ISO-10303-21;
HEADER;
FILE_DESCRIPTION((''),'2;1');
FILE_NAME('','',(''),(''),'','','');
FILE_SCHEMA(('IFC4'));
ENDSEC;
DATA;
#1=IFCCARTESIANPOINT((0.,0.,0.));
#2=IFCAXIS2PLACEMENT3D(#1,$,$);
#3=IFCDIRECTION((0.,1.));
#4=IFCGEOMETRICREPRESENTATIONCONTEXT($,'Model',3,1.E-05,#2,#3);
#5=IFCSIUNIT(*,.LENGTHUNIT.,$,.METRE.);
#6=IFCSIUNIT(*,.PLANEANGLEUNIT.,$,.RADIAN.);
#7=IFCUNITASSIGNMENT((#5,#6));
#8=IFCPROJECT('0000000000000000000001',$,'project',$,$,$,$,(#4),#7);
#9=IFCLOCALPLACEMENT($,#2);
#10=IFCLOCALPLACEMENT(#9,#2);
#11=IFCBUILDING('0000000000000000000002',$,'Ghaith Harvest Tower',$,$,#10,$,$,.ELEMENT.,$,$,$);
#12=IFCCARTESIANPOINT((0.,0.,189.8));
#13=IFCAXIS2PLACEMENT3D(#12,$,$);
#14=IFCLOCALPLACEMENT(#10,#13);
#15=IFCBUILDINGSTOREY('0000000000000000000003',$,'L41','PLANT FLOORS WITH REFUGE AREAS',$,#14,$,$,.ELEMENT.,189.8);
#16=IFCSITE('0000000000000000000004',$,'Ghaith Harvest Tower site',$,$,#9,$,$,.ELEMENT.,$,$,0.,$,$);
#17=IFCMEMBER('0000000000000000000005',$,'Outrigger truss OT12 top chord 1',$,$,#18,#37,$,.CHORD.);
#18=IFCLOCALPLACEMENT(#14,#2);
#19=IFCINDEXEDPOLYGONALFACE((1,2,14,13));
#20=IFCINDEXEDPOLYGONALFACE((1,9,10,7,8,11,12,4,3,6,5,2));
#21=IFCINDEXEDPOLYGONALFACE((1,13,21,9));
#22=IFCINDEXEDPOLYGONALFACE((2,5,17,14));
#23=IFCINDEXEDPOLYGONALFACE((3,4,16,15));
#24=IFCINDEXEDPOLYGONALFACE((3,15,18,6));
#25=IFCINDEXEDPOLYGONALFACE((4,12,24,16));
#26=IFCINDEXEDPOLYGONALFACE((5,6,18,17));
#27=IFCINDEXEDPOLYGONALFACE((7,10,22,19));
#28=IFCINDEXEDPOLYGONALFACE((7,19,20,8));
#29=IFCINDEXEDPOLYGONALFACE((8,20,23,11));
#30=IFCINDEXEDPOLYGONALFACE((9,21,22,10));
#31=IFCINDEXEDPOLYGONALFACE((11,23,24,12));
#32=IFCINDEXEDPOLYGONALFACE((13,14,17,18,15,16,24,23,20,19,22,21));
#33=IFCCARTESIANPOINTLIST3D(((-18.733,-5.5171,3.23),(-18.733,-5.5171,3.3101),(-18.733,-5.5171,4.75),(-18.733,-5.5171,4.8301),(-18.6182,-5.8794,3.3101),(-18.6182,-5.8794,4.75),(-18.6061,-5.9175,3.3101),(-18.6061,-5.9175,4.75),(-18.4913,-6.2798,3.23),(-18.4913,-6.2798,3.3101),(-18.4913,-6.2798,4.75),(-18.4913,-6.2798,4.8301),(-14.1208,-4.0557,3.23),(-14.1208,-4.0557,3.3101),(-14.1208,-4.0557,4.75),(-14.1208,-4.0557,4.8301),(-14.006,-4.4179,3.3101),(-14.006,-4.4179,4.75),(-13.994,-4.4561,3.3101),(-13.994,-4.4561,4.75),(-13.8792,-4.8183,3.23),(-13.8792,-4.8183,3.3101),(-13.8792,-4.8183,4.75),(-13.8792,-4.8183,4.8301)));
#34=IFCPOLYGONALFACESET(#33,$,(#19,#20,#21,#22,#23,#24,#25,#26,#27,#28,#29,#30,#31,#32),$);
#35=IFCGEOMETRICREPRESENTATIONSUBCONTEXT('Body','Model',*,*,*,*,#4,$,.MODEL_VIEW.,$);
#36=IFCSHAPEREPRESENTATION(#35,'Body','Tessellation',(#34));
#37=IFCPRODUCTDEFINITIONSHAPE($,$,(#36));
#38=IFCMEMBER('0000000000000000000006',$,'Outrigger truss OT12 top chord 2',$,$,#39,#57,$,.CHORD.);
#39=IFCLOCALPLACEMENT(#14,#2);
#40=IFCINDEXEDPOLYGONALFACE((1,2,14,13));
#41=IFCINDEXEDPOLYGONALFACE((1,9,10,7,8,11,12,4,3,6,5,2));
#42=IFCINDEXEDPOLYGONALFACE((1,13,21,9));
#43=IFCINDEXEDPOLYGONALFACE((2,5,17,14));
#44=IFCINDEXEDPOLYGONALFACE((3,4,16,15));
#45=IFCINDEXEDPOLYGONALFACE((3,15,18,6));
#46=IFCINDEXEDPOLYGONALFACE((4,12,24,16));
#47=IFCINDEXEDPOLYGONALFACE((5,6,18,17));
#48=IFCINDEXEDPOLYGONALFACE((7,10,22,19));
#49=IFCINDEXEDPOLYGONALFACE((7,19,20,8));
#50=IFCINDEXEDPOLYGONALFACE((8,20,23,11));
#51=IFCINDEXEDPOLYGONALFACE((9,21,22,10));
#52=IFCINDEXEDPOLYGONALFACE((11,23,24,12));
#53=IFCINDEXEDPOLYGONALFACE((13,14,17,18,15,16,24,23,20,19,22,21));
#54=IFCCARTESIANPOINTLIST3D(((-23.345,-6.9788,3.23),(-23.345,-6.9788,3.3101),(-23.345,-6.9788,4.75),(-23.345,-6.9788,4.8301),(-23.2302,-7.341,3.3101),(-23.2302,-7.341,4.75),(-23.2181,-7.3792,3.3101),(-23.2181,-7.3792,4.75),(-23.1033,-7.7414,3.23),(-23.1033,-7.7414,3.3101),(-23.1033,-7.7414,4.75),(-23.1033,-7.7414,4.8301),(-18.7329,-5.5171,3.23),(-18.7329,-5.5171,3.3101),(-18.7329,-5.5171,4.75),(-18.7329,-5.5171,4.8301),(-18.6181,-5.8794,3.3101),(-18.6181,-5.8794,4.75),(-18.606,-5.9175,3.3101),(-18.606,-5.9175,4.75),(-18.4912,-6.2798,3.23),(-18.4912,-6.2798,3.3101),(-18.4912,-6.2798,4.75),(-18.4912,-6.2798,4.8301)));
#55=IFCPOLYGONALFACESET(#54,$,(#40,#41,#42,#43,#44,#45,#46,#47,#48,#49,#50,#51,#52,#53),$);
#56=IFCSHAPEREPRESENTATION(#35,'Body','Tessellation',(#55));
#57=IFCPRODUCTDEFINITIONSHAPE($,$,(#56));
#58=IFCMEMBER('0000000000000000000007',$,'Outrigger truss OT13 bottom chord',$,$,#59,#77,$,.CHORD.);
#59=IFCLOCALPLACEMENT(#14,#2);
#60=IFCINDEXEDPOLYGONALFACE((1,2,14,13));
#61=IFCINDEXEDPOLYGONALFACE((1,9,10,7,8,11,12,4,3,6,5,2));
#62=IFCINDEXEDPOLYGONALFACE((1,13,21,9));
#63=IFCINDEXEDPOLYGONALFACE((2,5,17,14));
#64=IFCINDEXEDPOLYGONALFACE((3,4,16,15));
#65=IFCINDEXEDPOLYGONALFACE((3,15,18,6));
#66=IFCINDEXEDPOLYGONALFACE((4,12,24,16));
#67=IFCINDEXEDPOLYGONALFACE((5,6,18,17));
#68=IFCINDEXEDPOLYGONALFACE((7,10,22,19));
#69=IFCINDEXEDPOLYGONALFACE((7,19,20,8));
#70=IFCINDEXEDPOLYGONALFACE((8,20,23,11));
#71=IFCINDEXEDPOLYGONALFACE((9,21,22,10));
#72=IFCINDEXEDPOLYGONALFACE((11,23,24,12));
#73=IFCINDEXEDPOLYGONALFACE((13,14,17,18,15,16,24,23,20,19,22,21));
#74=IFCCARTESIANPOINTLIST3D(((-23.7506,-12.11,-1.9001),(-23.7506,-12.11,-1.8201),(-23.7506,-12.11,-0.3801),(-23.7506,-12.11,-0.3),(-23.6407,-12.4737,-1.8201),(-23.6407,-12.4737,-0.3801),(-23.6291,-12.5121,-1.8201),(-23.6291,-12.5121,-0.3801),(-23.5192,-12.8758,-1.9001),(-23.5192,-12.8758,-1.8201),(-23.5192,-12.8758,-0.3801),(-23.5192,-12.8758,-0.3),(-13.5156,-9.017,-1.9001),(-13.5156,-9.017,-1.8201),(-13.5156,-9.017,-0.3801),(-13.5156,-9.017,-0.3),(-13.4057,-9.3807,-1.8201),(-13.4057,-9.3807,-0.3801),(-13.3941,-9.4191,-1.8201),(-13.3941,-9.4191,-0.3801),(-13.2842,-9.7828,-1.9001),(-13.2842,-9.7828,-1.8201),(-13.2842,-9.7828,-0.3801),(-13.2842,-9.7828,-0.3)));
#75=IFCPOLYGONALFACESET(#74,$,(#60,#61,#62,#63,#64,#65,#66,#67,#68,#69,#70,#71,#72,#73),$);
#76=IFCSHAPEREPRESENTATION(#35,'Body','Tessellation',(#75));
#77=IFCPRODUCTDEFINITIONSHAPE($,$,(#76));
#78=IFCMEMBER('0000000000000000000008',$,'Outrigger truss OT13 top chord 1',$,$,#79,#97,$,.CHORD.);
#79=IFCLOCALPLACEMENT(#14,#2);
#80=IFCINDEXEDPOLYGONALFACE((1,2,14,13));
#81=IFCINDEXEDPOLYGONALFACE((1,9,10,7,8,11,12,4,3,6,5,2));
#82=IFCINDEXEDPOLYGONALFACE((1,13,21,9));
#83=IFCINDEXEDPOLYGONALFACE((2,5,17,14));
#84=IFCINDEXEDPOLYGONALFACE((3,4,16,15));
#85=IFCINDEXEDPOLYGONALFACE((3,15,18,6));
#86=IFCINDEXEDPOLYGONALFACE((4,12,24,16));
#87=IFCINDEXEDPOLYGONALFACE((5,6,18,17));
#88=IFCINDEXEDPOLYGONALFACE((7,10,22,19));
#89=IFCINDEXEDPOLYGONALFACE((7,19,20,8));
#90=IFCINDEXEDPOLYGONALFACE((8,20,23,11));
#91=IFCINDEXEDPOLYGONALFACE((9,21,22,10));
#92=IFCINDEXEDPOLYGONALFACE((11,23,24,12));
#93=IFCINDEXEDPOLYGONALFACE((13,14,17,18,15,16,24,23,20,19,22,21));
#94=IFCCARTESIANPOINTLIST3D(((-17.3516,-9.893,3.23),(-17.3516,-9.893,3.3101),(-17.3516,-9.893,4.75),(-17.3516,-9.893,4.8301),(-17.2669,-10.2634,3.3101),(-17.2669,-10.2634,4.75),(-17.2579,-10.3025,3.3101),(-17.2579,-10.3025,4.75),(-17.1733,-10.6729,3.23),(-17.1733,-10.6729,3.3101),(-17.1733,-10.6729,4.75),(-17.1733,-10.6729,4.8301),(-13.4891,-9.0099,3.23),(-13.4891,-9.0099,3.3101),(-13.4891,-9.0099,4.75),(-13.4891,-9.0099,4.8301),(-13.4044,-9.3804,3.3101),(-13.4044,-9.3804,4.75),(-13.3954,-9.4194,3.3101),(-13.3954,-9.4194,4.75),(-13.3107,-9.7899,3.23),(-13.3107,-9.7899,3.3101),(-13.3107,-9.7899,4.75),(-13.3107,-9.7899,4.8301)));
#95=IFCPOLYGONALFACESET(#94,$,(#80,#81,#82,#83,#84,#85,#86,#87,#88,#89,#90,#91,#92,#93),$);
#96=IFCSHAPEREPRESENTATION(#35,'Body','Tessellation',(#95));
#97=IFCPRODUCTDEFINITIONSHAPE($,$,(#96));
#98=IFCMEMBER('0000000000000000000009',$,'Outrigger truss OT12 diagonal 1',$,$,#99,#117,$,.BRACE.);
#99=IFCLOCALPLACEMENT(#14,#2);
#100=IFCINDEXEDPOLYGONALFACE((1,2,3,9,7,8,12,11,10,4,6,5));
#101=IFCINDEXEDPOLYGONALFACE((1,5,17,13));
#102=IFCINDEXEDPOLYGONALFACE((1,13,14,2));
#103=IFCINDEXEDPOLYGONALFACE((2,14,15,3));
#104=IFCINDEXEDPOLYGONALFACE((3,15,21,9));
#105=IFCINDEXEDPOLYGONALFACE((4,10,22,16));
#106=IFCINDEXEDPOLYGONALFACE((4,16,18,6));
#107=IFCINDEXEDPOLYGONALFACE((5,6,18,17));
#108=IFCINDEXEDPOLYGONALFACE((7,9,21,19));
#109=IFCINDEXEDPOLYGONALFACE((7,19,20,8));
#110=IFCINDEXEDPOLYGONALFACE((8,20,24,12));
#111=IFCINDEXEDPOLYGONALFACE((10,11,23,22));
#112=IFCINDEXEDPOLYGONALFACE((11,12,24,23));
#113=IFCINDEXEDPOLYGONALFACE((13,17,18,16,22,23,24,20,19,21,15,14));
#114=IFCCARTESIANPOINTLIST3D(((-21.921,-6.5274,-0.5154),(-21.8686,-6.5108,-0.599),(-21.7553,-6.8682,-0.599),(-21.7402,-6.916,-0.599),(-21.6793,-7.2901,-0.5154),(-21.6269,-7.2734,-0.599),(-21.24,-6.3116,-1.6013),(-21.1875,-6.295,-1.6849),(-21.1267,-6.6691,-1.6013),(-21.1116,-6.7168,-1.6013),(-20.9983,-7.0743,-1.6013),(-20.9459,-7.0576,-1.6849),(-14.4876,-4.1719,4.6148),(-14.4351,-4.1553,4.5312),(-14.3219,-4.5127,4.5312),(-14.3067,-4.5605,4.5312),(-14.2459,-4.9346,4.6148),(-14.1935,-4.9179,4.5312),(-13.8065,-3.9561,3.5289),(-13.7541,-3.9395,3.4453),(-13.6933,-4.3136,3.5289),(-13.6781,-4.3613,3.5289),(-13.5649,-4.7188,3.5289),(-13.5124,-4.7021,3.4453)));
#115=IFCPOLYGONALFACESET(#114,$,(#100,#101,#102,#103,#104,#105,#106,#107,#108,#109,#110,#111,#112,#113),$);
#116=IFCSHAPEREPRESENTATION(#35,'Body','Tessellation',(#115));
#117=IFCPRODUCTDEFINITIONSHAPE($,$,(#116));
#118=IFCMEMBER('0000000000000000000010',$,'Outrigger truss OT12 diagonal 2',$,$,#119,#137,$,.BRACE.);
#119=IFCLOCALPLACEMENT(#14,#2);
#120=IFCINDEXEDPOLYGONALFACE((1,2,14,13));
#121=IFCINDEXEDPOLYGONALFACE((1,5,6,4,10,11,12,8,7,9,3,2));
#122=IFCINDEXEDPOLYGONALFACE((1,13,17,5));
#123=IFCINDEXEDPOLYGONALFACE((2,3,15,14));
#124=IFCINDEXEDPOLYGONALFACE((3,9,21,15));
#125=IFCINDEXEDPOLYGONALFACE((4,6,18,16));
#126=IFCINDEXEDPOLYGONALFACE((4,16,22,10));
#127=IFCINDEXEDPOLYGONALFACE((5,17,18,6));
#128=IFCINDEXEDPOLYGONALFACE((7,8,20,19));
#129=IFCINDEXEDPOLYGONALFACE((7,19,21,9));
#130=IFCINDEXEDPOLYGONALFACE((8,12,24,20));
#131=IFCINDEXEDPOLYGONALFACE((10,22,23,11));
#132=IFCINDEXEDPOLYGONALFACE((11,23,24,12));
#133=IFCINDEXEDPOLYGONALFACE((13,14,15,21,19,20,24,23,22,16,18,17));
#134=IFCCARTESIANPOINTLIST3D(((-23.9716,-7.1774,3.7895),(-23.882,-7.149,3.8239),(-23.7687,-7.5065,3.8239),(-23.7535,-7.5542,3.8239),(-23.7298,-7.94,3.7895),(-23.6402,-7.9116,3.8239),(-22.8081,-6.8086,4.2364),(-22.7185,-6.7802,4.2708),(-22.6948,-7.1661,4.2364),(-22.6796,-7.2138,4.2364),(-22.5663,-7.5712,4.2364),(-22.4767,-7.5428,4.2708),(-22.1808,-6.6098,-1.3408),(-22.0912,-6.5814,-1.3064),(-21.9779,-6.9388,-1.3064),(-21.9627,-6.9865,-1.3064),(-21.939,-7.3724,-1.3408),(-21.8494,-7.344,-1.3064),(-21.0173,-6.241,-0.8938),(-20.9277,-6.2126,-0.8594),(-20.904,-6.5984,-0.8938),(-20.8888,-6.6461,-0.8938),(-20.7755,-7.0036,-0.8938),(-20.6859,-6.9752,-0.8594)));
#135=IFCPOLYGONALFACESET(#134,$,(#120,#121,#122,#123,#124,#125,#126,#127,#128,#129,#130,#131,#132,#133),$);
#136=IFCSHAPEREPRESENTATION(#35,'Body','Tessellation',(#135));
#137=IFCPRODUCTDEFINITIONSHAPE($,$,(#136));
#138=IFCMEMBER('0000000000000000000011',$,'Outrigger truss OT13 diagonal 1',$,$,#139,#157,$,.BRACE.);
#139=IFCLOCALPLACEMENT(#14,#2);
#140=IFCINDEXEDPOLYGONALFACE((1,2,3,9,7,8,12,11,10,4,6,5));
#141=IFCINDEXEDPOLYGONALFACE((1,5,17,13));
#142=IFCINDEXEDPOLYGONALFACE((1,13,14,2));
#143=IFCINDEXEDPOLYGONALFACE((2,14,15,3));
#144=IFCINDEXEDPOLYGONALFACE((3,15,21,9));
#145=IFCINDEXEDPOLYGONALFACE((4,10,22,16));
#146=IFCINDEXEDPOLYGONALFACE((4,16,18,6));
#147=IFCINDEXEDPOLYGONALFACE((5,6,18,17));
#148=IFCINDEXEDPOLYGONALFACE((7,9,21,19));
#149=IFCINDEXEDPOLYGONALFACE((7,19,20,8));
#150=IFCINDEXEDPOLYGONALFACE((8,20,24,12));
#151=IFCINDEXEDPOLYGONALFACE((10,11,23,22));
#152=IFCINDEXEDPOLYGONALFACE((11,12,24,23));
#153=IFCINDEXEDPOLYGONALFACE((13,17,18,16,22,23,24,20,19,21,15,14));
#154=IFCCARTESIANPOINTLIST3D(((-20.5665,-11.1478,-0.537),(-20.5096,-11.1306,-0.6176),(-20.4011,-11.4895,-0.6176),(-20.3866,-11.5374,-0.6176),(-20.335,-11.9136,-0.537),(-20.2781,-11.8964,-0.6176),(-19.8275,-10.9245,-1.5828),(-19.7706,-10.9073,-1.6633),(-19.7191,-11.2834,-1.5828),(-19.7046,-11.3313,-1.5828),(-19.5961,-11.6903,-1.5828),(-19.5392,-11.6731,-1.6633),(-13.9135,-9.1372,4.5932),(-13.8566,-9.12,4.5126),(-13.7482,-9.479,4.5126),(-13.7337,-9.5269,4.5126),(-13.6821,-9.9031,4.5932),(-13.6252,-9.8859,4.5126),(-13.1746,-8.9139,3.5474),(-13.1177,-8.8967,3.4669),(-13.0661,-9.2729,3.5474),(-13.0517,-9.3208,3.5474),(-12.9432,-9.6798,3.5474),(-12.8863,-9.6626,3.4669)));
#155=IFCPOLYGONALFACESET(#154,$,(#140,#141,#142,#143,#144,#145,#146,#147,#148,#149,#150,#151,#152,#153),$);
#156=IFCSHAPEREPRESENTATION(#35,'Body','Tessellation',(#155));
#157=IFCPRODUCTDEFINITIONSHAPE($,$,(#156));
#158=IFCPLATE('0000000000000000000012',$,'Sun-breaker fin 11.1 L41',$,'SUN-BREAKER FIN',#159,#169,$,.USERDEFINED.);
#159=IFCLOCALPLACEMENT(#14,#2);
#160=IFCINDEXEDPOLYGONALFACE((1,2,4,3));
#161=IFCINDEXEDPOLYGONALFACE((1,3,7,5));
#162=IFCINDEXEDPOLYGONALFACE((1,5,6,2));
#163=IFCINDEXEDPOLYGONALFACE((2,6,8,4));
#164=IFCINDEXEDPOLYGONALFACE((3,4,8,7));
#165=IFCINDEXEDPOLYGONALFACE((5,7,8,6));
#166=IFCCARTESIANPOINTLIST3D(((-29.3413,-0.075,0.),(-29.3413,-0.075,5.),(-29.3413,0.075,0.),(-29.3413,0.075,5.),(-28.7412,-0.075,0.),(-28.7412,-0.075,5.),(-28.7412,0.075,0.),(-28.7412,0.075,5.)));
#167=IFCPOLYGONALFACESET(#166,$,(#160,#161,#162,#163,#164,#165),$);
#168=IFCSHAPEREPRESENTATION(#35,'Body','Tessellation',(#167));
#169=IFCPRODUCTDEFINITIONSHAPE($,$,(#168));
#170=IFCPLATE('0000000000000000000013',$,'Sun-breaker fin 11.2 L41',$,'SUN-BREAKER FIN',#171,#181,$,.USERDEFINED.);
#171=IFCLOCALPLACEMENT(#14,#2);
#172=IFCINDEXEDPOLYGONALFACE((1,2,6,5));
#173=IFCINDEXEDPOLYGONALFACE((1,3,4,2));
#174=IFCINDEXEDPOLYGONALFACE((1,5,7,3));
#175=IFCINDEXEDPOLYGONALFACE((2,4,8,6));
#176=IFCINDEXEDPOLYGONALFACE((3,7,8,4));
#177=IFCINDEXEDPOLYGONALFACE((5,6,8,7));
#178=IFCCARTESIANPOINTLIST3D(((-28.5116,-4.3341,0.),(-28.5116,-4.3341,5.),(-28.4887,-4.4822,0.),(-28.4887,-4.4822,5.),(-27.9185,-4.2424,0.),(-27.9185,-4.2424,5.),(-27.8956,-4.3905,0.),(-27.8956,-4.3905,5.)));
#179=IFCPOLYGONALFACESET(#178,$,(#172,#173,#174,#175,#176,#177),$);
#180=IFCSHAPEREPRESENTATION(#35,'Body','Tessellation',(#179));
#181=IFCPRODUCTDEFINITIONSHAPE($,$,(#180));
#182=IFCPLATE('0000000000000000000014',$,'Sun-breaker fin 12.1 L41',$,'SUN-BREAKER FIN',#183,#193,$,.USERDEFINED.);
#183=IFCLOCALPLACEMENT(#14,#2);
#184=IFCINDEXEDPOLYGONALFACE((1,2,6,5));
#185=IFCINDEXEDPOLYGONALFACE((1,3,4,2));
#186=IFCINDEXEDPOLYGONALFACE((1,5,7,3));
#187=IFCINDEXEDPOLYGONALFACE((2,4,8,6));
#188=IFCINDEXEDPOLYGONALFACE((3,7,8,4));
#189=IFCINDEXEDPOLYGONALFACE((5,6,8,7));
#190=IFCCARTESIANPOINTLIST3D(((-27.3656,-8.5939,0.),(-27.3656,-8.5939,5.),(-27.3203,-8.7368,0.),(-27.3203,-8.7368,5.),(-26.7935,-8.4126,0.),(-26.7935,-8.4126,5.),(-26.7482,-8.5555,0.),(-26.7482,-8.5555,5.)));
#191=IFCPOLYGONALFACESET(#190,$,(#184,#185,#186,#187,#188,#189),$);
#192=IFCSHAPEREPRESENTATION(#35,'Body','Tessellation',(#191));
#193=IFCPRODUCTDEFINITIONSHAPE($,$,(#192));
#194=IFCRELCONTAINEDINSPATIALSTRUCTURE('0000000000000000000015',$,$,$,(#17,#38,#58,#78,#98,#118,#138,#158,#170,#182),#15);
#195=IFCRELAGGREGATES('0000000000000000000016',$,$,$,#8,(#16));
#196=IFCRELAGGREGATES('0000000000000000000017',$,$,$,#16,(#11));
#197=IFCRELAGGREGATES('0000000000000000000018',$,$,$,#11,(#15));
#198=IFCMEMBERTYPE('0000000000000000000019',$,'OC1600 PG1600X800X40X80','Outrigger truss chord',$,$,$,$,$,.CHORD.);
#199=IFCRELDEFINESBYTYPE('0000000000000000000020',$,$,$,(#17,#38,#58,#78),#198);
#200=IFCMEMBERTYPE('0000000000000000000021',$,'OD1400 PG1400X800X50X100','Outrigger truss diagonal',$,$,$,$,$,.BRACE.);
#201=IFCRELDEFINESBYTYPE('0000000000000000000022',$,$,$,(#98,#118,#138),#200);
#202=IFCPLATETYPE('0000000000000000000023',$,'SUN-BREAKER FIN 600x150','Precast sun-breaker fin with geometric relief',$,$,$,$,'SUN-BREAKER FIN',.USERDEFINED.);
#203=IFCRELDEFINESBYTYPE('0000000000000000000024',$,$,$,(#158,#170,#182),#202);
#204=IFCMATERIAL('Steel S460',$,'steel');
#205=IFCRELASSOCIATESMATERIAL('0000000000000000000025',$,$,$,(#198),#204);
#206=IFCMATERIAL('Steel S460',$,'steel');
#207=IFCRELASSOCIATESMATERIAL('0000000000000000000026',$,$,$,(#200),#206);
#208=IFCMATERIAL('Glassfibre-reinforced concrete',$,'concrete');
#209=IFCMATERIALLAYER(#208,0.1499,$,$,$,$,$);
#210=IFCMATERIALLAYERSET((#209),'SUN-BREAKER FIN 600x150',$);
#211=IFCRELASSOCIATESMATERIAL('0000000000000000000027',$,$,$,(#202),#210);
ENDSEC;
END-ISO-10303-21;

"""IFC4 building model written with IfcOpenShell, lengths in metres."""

from ifc_helpers import new_model, si_unit, direction, frame, origin, origin_2d, place, context, subcontext, project, spatial, rectangle, i_section, extrude, material, layer, layer_set, material_profile, profile_set, type_object, element, save


model = new_model("IFC4")

# Units and contexts
model_context = context("Model", 3, precision=1e-05, world=origin(), true_north=direction((0.0, 1.0)))
body_context = subcontext(model_context, "Body", "Model", "MODEL_VIEW")
ifc_project = project(units=[si_unit("LENGTHUNIT", "METRE"), si_unit("PLANEANGLEUNIT", "RADIAN")], contexts=[model_context])

# Site, building, storey
site_placement = place(None, origin())
site = spatial("IfcSite", under=ifc_project, at=site_placement, Name="Ghaith Harvest Tower site", CompositionType="ELEMENT", RefElevation=0.0)
building_placement = place(site_placement, origin())
building = spatial("IfcBuilding", under=site, at=building_placement, Name="Ghaith Harvest Tower", CompositionType="ELEMENT")
storey_placement = place(building_placement, frame((0.0, 0.0, 189.8)))
storey = spatial("IfcBuildingStorey", under=building, at=storey_placement, Name="L41", Description="PLANT FLOORS WITH REFUGE AREAS", CompositionType="ELEMENT", Elevation=189.8)

# Members
ifc_material_1 = material(Name="Steel S460", Category="steel")
ifc_material_profile_1 = material_profile(ifc_material_1, i_section(OverallWidth=0.8, OverallDepth=1.6001, WebThickness=0.04, FlangeThickness=0.0801, at=origin_2d()), Name="PG1600X800X40X80")
ifc_profile_set_1 = profile_set([ifc_material_profile_1], Name="Steel S460")
member_type_1 = type_object("IfcMemberType", Name="OC1600 PG1600X800X40X80", Description="Outrigger truss chord", PredefinedType="CHORD", material=ifc_profile_set_1)
for number, where, z_axis, x_axis, name in (
    (1, (-14.0, -4.437, 4.03), (-0.953286, -0.302068, 0.0), (0.302068, -0.953286, 0.0), "Outrigger truss OT12 top chord 1"),
    (2, (-18.6121, -5.8984, 4.03), (-0.953272, -0.302114, 0.0), (0.302114, -0.953272, 0.0), "Outrigger truss OT12 top chord 2"),
):
    element("IfcMember", number, at=place(storey_placement, frame(where, z_axis=z_axis, x_axis=x_axis)), inside=storey, type_object=member_type_1, Name=name, PredefinedType="CHORD", context=body_context, shape_type="SweptSolid", body=[
        extrude(i_section(OverallWidth=0.8, OverallDepth=1.6001, WebThickness=0.04, FlangeThickness=0.0801, at=origin_2d()), origin(), (0.0, 0.0, 1.0), 4.8381),
    ])
member_1_placement = place(storey_placement, frame((-13.3999, -9.3999, -1.1001), z_axis=(-0.957246, -0.289277, 0.0), x_axis=(0.289277, -0.957246, 0.0)))
element("IfcMember", 3, at=member_1_placement, inside=storey, type_object=member_type_1, Name="Outrigger truss OT13 bottom chord", PredefinedType="CHORD", context=body_context, shape_type="SweptSolid", body=[
    extrude(i_section(OverallWidth=0.8, OverallDepth=1.6001, WebThickness=0.04, FlangeThickness=0.0801, at=origin_2d()), origin(), (0.0, 0.0, 1.0), 10.6921),
])
member_2_placement = place(storey_placement, frame((-13.3999, -9.3999, 4.03), z_axis=(-0.974848, -0.22287, 0.0), x_axis=(0.22287, -0.974848, 0.0)))
element("IfcMember", 4, at=member_2_placement, inside=storey, type_object=member_type_1, Name="Outrigger truss OT13 top chord 1", PredefinedType="CHORD", context=body_context, shape_type="SweptSolid", body=[
    extrude(i_section(OverallWidth=0.8, OverallDepth=1.6001, WebThickness=0.04, FlangeThickness=0.0801, at=origin_2d()), origin(), (0.0, 0.0, 1.0), 3.9622),
])
ifc_material_2 = material(Name="Steel S460", Category="steel")
ifc_material_profile_2 = material_profile(ifc_material_2, i_section(OverallWidth=0.8, OverallDepth=1.3999, WebThickness=0.05, FlangeThickness=0.1001, at=origin_2d()), Name="PG1400X800X50X100")
ifc_profile_set_2 = profile_set([ifc_material_profile_2], Name="Steel S460")
member_type_2 = type_object("IfcMemberType", Name="OD1400 PG1400X800X50X100", Description="Outrigger truss diagonal", PredefinedType="BRACE", material=ifc_profile_set_2)
member_3_placement = place(storey_placement, frame((-14.0, -4.437, 4.03), z_axis=(-0.796385, -0.252357, -0.549625), x_axis=(0.302075, -0.953284, 0.0)))
element("IfcMember", 5, at=member_3_placement, inside=storey, type_object=member_type_2, Name="Outrigger truss OT12 diagonal 1", PredefinedType="BRACE", context=body_context, shape_type="SweptSolid", body=[
    extrude(i_section(OverallWidth=0.8, OverallDepth=1.3999, WebThickness=0.05, FlangeThickness=0.1001, at=origin_2d()), origin(), (0.0, 0.0, 1.0), 9.334),
])
member_4_placement = place(storey_placement, frame((-21.4333, -6.7925, -1.1001), z_axis=(-0.327784, -0.103899, 0.939022), x_axis=(0.302157, -0.953258, 0.0)))
element("IfcMember", 6, at=member_4_placement, inside=storey, type_object=member_type_2, Name="Outrigger truss OT12 diagonal 2", PredefinedType="BRACE", context=body_context, shape_type="SweptSolid", body=[
    extrude(i_section(OverallWidth=0.8, OverallDepth=1.3999, WebThickness=0.05, FlangeThickness=0.1001, at=origin_2d()), origin(), (0.0, 0.0, 1.0), 5.4634),
])
member_5_placement = place(storey_placement, frame((-13.3999, -9.3999, 4.03), z_axis=(-0.770154, -0.232742, -0.593881), x_axis=(0.289281, -0.957244, 0.0)))
element("IfcMember", 7, at=member_5_placement, inside=storey, type_object=member_type_2, Name="Outrigger truss OT13 diagonal 1", PredefinedType="BRACE", context=body_context, shape_type="SweptSolid", body=[
    extrude(i_section(OverallWidth=0.8, OverallDepth=1.3999, WebThickness=0.05, FlangeThickness=0.1001, at=origin_2d()), origin(), (0.0, 0.0, 1.0), 8.6384),
])

# Plates
ifc_material_3 = material(Name="Glassfibre-reinforced concrete", Category="concrete")
ifc_layer_1 = layer(ifc_material_3, 0.1499)
ifc_layer_set_1 = layer_set([ifc_layer_1], Name="SUN-BREAKER FIN 600x150")
plate_type = type_object("IfcPlateType", Name="SUN-BREAKER FIN 600x150", Description="Precast sun-breaker fin with geometric relief", ElementType="SUN-BREAKER FIN", PredefinedType="USERDEFINED", material=ifc_layer_set_1)
for number, where, z_axis, x_axis, name in (
    (8, (-29.0413, 0.0, 0.0), (0.0, 0.0, 1.0), (-1.0, 0.0, 0.0), "Sun-breaker fin 11.1 L41"),
    (9, (-28.2036, -4.3623, 0.0), (0.0, 0.0, 1.0), (-0.988249, -0.152851, 0.0), "Sun-breaker fin 11.2 L41"),
    (10, (-27.0569, -8.5747, 0.0), (0.0, 0.0, 1.0), (-0.953273, -0.30211, 0.0), "Sun-breaker fin 12.1 L41"),
):
    element("IfcPlate", number, at=place(storey_placement, frame(where, z_axis=z_axis, x_axis=x_axis)), inside=storey, type_object=plate_type, Name=name, ObjectType="SUN-BREAKER FIN", PredefinedType="USERDEFINED", context=body_context, shape_type="SweptSolid", body=[
        extrude(rectangle(XDim=0.6001, YDim=0.1499, at=origin_2d()), origin(), (0.0, 0.0, 1.0), 5.0),
    ])

save(model, "model.ifc")
